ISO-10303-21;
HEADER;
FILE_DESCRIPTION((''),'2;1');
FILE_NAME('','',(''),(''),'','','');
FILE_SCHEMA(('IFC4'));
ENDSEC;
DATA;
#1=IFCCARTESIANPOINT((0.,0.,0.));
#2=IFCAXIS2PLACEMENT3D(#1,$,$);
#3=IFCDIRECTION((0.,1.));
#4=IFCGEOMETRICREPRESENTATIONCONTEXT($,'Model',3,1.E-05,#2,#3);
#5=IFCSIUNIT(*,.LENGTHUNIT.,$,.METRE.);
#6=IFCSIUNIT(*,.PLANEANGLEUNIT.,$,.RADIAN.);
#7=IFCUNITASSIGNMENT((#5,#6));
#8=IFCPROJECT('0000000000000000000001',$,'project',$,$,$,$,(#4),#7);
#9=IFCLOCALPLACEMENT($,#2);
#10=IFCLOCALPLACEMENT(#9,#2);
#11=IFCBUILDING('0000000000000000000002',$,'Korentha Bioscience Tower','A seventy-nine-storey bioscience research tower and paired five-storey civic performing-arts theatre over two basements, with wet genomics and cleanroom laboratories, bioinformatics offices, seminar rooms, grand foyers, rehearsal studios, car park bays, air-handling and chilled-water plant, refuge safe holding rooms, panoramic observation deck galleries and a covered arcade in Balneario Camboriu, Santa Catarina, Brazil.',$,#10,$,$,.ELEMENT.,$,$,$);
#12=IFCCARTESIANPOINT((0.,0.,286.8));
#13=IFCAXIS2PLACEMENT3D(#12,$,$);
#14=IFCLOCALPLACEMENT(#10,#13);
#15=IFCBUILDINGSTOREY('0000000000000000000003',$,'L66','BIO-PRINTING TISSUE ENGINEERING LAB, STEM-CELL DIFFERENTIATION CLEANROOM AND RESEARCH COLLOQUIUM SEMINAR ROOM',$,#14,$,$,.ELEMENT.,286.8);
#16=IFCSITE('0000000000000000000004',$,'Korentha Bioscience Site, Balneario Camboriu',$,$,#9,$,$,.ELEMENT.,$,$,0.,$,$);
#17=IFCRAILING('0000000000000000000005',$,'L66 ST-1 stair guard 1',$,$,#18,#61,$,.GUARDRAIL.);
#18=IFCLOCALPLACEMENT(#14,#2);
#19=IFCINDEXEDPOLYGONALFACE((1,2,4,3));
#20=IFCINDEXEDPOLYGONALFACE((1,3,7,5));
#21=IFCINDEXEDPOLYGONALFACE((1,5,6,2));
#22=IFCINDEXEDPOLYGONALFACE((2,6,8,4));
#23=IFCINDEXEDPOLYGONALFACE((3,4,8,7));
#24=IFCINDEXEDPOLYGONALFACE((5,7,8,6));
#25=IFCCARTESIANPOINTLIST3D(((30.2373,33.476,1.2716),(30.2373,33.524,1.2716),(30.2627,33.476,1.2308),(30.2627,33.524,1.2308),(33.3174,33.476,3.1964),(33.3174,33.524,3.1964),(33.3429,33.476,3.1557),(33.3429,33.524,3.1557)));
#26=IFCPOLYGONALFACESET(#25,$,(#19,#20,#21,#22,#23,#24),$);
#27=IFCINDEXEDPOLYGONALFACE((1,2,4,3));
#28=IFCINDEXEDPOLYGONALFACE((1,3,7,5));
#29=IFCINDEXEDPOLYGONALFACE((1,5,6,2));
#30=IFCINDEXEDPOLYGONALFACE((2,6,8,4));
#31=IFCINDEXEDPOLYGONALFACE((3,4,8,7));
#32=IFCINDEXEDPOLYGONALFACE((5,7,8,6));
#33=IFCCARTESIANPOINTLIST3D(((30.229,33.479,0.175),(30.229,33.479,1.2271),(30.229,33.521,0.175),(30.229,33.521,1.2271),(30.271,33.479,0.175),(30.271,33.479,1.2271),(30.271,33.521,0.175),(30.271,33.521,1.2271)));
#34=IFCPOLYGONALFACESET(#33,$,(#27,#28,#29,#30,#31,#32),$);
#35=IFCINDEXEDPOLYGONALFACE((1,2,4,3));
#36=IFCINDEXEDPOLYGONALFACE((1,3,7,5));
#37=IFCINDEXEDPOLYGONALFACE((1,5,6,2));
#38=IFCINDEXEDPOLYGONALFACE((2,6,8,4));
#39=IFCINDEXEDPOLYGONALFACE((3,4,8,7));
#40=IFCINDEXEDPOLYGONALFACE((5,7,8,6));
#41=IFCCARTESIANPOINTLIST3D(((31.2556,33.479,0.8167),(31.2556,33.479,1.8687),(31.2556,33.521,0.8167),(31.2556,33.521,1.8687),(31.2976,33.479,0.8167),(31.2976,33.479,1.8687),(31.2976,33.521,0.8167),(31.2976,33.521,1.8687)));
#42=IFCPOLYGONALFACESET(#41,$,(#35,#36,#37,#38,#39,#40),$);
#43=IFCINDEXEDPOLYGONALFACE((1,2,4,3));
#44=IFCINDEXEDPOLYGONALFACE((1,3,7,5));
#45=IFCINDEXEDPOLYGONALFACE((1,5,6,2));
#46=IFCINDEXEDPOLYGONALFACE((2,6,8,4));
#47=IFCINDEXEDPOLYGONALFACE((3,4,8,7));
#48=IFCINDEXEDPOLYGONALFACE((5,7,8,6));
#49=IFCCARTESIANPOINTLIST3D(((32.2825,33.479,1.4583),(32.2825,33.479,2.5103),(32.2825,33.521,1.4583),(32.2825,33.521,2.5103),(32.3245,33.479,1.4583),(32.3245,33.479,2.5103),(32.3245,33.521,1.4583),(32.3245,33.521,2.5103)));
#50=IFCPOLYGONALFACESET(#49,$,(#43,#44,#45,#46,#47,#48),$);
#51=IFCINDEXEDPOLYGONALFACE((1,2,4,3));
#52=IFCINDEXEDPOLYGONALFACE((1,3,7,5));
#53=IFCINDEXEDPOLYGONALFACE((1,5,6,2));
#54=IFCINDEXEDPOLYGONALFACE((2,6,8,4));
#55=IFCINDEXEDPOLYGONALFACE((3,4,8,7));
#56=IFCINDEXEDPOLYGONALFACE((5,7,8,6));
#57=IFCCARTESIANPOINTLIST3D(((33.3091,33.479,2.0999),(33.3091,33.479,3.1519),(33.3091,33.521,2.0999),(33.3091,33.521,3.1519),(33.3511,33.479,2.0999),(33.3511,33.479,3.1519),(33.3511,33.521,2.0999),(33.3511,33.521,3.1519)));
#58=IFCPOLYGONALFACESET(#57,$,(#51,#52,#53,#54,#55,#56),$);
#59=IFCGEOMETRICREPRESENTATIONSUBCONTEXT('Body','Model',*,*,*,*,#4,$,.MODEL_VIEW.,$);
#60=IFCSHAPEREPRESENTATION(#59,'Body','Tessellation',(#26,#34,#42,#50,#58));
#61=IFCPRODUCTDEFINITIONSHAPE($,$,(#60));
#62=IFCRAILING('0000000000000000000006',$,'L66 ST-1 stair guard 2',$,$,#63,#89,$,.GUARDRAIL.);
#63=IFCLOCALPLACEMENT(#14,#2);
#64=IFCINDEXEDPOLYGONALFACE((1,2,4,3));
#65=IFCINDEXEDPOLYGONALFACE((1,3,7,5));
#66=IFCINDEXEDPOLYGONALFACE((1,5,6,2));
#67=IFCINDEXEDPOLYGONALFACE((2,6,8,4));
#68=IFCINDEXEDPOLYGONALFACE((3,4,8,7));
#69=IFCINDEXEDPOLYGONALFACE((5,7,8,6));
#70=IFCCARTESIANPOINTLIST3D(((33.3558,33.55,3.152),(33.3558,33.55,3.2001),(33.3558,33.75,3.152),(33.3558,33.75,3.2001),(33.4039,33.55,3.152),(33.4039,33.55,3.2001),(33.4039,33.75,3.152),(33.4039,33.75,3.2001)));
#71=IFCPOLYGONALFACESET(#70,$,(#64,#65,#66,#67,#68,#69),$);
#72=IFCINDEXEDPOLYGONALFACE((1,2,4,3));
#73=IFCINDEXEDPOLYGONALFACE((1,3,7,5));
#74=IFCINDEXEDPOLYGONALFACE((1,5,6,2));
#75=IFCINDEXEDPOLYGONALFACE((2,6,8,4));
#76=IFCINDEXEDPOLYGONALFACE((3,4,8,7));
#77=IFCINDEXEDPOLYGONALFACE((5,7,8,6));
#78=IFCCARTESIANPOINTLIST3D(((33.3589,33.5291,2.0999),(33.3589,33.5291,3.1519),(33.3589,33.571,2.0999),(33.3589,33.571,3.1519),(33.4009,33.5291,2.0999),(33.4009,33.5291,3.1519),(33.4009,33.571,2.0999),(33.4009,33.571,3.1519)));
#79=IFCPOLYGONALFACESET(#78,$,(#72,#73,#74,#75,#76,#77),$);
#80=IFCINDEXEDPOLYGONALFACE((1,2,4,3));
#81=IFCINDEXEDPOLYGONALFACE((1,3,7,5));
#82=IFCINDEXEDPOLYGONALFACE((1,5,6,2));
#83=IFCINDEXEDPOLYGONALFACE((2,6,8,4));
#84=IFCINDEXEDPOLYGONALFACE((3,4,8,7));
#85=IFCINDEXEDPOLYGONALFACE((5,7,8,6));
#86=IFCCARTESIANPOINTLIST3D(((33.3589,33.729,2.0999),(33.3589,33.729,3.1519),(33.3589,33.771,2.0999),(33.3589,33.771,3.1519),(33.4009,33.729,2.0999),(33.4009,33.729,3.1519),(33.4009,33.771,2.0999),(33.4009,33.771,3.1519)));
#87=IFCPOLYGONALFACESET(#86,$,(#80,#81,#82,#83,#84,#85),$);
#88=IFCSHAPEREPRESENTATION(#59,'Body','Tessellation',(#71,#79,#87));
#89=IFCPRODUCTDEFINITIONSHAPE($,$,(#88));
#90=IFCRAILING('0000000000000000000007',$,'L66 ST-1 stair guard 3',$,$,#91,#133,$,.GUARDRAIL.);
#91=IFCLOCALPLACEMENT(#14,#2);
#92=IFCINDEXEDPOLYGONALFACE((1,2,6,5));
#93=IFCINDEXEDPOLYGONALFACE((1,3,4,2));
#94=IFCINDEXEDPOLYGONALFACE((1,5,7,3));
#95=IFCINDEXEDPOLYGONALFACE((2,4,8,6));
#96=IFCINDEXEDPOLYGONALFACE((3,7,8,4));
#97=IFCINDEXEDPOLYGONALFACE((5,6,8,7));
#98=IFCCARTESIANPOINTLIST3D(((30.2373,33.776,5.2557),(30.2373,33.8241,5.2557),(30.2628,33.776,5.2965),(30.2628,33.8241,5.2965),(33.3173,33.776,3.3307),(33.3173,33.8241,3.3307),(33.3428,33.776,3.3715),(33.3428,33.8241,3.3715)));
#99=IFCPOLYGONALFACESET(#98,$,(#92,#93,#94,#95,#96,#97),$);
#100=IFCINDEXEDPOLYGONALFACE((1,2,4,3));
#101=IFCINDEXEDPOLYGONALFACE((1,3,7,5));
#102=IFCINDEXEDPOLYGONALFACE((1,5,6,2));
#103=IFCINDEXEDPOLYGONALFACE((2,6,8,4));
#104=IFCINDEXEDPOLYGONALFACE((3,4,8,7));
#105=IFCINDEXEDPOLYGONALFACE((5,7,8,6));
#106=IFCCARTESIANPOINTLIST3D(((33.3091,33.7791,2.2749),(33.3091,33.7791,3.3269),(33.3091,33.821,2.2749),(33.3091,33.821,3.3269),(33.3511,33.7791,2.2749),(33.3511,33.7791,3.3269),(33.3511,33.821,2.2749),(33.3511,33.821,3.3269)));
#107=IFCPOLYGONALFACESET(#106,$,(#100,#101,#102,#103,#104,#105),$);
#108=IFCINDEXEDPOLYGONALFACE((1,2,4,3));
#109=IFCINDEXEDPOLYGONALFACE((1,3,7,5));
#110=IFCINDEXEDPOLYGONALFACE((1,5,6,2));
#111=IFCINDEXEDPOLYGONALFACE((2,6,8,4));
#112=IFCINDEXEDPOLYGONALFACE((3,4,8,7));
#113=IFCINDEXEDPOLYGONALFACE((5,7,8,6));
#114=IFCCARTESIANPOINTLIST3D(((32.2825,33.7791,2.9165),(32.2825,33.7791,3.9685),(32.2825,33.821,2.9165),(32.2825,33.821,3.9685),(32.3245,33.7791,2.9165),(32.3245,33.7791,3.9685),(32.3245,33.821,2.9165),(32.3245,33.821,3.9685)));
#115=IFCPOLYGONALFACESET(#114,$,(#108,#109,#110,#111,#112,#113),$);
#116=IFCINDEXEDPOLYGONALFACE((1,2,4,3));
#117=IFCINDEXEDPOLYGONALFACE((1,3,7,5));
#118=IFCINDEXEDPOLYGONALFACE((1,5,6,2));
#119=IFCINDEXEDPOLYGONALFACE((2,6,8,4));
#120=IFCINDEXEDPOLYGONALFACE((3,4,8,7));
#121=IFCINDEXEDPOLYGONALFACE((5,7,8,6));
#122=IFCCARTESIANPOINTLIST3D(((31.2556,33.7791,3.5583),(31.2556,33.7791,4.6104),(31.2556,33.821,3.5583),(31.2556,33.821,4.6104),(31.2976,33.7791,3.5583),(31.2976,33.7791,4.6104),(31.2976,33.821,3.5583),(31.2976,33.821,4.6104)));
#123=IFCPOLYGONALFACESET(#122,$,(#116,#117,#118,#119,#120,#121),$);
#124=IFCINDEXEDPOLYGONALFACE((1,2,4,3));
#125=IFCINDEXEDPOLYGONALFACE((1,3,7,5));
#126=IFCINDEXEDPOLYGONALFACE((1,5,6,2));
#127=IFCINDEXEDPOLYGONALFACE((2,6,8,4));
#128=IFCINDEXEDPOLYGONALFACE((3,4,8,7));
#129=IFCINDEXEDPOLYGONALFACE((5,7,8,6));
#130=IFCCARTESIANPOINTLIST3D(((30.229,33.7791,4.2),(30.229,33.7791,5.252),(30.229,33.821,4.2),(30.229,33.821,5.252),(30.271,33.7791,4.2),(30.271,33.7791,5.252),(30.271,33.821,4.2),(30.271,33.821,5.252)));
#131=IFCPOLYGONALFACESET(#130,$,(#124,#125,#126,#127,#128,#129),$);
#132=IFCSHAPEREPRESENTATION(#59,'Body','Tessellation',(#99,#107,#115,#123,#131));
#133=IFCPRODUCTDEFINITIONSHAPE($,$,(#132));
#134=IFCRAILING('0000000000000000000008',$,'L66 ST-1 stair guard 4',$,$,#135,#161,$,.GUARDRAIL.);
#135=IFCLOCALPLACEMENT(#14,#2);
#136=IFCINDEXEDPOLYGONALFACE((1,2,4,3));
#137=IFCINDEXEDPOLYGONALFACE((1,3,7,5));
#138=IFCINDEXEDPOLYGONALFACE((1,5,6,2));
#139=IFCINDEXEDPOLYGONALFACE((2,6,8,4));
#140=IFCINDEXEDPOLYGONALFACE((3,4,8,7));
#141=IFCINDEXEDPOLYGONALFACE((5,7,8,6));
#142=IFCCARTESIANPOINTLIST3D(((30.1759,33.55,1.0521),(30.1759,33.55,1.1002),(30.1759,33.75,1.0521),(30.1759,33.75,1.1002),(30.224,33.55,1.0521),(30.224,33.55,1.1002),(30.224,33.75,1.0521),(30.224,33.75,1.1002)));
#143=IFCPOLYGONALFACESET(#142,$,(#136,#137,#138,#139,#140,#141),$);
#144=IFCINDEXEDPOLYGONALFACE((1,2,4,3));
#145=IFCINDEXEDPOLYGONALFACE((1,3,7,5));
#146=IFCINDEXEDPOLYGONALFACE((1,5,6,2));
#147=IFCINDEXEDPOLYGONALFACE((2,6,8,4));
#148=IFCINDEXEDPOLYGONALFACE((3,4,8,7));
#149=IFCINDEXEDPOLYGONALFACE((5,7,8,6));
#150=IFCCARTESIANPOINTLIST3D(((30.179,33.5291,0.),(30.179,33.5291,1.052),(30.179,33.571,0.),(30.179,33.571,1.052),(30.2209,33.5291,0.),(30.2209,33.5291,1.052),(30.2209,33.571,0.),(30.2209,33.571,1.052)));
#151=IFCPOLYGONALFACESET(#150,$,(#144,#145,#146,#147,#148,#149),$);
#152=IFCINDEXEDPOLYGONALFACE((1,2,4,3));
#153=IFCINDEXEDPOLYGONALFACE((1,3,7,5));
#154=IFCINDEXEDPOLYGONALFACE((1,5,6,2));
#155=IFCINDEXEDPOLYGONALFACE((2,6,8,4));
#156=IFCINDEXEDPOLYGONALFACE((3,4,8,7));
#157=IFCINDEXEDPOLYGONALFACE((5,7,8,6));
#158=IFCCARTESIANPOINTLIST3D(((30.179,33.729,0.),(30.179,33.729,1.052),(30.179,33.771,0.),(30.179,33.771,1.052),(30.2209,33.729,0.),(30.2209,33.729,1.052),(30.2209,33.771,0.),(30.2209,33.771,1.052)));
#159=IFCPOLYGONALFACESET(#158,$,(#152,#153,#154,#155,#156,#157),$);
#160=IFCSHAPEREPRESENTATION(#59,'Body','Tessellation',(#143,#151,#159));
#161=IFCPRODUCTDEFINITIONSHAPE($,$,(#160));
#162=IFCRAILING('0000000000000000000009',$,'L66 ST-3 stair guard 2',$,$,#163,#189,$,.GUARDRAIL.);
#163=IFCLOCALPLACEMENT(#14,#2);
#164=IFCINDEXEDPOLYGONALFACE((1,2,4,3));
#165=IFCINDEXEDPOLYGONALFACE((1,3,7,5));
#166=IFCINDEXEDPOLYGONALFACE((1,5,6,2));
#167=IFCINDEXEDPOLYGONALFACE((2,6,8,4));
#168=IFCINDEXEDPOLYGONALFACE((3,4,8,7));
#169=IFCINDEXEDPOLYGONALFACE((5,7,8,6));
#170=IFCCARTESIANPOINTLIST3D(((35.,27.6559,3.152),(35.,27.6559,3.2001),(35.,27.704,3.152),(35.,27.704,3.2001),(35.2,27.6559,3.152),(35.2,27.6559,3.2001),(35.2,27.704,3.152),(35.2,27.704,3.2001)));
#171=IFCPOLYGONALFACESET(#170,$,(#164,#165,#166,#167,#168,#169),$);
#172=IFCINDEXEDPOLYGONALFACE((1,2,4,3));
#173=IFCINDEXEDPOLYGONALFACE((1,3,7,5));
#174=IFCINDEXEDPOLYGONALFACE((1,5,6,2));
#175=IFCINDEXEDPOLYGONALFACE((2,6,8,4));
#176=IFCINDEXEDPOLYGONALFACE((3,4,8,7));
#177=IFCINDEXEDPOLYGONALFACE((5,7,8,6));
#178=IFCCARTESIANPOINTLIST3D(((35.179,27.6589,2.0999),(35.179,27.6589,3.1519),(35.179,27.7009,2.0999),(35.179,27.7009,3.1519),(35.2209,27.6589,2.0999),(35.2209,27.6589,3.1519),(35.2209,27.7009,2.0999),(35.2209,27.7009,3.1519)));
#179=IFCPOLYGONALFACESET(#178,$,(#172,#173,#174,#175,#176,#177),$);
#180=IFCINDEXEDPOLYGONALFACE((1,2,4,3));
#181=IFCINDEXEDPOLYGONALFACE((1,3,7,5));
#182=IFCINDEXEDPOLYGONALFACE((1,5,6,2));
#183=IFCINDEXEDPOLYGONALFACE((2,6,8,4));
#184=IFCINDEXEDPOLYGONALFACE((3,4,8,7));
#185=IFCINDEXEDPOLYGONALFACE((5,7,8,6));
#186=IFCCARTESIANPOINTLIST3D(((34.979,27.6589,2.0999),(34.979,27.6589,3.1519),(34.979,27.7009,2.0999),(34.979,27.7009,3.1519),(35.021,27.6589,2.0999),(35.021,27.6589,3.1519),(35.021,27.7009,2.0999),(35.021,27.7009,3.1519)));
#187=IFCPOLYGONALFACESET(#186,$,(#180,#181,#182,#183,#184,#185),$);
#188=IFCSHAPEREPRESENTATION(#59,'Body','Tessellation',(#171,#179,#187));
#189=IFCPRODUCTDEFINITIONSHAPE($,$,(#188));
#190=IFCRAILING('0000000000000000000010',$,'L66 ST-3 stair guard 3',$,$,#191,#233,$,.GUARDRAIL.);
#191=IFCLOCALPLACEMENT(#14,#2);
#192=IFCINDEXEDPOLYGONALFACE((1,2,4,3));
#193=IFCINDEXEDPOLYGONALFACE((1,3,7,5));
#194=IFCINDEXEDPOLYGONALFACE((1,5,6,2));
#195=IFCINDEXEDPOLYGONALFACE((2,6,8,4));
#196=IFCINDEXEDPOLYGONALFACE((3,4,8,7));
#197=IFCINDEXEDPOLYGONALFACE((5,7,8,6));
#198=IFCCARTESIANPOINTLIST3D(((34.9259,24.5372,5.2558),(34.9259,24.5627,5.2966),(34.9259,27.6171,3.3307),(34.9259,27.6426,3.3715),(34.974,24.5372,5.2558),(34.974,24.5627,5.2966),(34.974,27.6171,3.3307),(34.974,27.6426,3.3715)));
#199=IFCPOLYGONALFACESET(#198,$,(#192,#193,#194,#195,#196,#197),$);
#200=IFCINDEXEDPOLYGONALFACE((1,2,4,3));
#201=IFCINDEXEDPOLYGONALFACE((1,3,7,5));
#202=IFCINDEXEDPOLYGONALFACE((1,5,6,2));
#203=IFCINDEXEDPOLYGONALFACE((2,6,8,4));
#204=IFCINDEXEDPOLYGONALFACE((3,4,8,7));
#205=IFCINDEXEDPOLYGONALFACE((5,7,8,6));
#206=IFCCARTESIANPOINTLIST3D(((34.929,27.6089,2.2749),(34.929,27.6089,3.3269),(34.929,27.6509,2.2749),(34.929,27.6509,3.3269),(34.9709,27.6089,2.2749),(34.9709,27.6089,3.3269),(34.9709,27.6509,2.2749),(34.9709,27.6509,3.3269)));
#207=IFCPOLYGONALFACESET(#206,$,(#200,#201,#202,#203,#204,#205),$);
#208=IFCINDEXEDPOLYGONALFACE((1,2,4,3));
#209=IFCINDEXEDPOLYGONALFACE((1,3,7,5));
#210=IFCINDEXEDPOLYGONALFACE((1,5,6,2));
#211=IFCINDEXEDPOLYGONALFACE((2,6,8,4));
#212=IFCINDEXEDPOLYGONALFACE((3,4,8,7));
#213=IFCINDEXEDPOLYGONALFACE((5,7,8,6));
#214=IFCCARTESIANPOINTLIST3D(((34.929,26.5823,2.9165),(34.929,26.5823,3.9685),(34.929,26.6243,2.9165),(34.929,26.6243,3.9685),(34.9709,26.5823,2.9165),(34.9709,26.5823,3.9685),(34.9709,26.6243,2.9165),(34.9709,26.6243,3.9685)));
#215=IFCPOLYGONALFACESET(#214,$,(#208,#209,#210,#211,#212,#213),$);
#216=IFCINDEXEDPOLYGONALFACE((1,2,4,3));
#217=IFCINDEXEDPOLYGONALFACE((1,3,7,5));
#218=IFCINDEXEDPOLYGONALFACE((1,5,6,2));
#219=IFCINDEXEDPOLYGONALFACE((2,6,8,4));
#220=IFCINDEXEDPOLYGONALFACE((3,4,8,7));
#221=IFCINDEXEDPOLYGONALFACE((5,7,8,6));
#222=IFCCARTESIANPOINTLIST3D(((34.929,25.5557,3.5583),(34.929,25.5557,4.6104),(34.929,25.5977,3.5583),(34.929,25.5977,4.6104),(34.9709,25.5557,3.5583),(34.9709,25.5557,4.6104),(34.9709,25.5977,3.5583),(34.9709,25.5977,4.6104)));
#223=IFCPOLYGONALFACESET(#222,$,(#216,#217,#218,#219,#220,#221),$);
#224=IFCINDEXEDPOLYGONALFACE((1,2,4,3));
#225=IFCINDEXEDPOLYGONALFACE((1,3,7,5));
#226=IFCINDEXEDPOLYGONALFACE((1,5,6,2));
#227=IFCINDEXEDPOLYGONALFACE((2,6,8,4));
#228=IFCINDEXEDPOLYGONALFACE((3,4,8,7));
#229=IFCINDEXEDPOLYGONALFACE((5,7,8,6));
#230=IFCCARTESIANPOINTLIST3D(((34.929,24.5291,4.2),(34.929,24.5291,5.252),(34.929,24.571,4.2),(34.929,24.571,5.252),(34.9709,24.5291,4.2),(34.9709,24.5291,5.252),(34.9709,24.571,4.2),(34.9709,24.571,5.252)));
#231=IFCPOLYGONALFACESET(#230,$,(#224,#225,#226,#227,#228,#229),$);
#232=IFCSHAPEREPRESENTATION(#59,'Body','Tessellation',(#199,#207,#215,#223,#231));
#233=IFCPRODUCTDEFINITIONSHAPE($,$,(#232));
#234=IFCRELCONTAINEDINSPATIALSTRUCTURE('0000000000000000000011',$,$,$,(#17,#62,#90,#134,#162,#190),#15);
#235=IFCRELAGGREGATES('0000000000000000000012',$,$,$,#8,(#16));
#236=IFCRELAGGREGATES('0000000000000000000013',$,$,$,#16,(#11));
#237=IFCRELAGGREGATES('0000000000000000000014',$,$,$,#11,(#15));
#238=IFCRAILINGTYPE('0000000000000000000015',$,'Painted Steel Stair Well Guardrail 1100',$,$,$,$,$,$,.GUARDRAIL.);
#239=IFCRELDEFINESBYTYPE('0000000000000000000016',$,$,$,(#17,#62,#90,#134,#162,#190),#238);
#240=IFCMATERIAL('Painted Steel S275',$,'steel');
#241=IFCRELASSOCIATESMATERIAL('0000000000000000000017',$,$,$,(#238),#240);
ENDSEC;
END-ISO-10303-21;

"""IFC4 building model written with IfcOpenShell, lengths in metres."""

from ifc_helpers import new_model, si_unit, direction, frame, origin, origin_2d, place, context, subcontext, project, spatial, rectangle, extrude, material, type_object, element, save


model = new_model("IFC4")

# Units and contexts
model_context = context("Model", 3, precision=1e-05, world=origin(), true_north=direction((0.0, 1.0)))
body_context = subcontext(model_context, "Body", "Model", "MODEL_VIEW")
ifc_project = project(units=[si_unit("LENGTHUNIT", "METRE"), si_unit("PLANEANGLEUNIT", "RADIAN")], contexts=[model_context])

# Site, building, storey
site_placement = place(None, origin())
site = spatial("IfcSite", under=ifc_project, at=site_placement, Name="Korentha Bioscience Site, Balneario Camboriu", CompositionType="ELEMENT", RefElevation=0.0)
building_placement = place(site_placement, origin())
building = spatial("IfcBuilding", under=site, at=building_placement, Name="Korentha Bioscience Tower", Description="A seventy-nine-storey bioscience research tower and paired five-storey civic performing-arts theatre over two basements, with wet genomics and cleanroom laboratories, bioinformatics offices, seminar rooms, grand foyers, rehearsal studios, car park bays, air-handling and chilled-water plant, refuge safe holding rooms, panoramic observation deck galleries and a covered arcade in Balneario Camboriu, Santa Catarina, Brazil.", CompositionType="ELEMENT")
storey_placement = place(building_placement, frame((0.0, 0.0, 286.8)))
storey = spatial("IfcBuildingStorey", under=building, at=storey_placement, Name="L66", Description="BIO-PRINTING TISSUE ENGINEERING LAB, STEM-CELL DIFFERENTIATION CLEANROOM AND RESEARCH COLLOQUIUM SEMINAR ROOM", CompositionType="ELEMENT", Elevation=286.8)

# Railings
ifc_material_1 = material(Name="Painted Steel S275", Category="steel")
railing_type_1 = type_object("IfcRailingType", Name="Painted Steel Stair Well Guardrail 1100", PredefinedType="GUARDRAIL", material=ifc_material_1)
railing_1_placement = place(storey_placement, frame((30.25, 33.5, 0.175)))
element("IfcRailing", 1, at=railing_1_placement, inside=storey, type_object=railing_type_1, Name="L66 ST-1 stair guard 1", PredefinedType="GUARDRAIL", context=body_context, shape_type="SweptSolid", body=[
    extrude(rectangle(XDim=0.0481, YDim=0.0481, at=origin_2d()), frame((0.0, 0.0, 1.0762), z_axis=(0.848029, 0.0, 0.529951), x_axis=(0.0, 1.0, 0.0)), (0.0, 0.0, 1.0), 3.6321),
    extrude(rectangle(XDim=0.042, YDim=0.042, at=origin_2d()), origin(), (0.0, 0.0, 1.0), 1.052),
    extrude(rectangle(XDim=0.042, YDim=0.042, at=origin_2d()), frame((1.0266, 0.0, 0.6416)), (0.0, 0.0, 1.0), 1.052),
    extrude(rectangle(XDim=0.042, YDim=0.042, at=origin_2d()), frame((2.0535, 0.0, 1.2832)), (0.0, 0.0, 1.0), 1.052),
    extrude(rectangle(XDim=0.042, YDim=0.042, at=origin_2d()), frame((3.0801, 0.0, 1.9248)), (0.0, 0.0, 1.0), 1.052),
])
railing_2_placement = place(storey_placement, frame((33.3799, 33.55, 2.0999)))
element("IfcRailing", 2, at=railing_2_placement, inside=storey, type_object=railing_type_1, Name="L66 ST-1 stair guard 2", PredefinedType="GUARDRAIL", context=body_context, shape_type="SweptSolid", body=[
    extrude(rectangle(XDim=0.0481, YDim=0.0481, at=origin_2d()), frame((0.0, 0.0, 1.0762), z_axis=(0.0, 1.0, 0.0), x_axis=(-1.0, 0.0, 0.0)), (0.0, 0.0, 1.0), 0.2),
    extrude(rectangle(XDim=0.042, YDim=0.042, at=origin_2d()), origin(), (0.0, 0.0, 1.0), 1.052),
    extrude(rectangle(XDim=0.042, YDim=0.042, at=origin_2d()), frame((0.0, 0.2, 0.0)), (0.0, 0.0, 1.0), 1.052),
])
railing_3_placement = place(storey_placement, frame((33.3301, 33.8, 2.2749)))
element("IfcRailing", 3, at=railing_3_placement, inside=storey, type_object=railing_type_1, Name="L66 ST-1 stair guard 3", PredefinedType="GUARDRAIL", context=body_context, shape_type="SweptSolid", body=[
    extrude(rectangle(XDim=0.0481, YDim=0.0481, at=origin_2d()), frame((0.0, 0.0, 1.0762), z_axis=(-0.847998, 0.0, 0.529999), x_axis=(0.0, -1.0, 0.0)), (0.0, 0.0, 1.0), 3.6321),
    extrude(rectangle(XDim=0.042, YDim=0.042, at=origin_2d()), origin(), (0.0, 0.0, 1.0), 1.052),
    extrude(rectangle(XDim=0.042, YDim=0.042, at=origin_2d()), frame((-1.0266, 0.0, 0.6416)), (0.0, 0.0, 1.0), 1.052),
    extrude(rectangle(XDim=0.042, YDim=0.042, at=origin_2d()), frame((-2.0535, 0.0, 1.2834)), (0.0, 0.0, 1.0), 1.052),
    extrude(rectangle(XDim=0.042, YDim=0.042, at=origin_2d()), frame((-3.0801, 0.0, 1.925)), (0.0, 0.0, 1.0), 1.052),
])
railing_4_placement = place(storey_placement, frame((30.2, 33.55, 0.0)))
element("IfcRailing", 4, at=railing_4_placement, inside=storey, type_object=railing_type_1, Name="L66 ST-1 stair guard 4", PredefinedType="GUARDRAIL", context=body_context, shape_type="SweptSolid", body=[
    extrude(rectangle(XDim=0.0481, YDim=0.0481, at=origin_2d()), frame((0.0, 0.0, 1.0762), z_axis=(0.0, 1.0, 0.0), x_axis=(-1.0, 0.0, 0.0)), (0.0, 0.0, 1.0), 0.2),
    extrude(rectangle(XDim=0.042, YDim=0.042, at=origin_2d()), origin(), (0.0, 0.0, 1.0), 1.052),
    extrude(rectangle(XDim=0.042, YDim=0.042, at=origin_2d()), frame((0.0, 0.2, 0.0)), (0.0, 0.0, 1.0), 1.052),
])
railing_5_placement = place(storey_placement, frame((35.2, 27.6799, 2.0999)))
element("IfcRailing", 5, at=railing_5_placement, inside=storey, type_object=railing_type_1, Name="L66 ST-3 stair guard 2", PredefinedType="GUARDRAIL", context=body_context, shape_type="SweptSolid", body=[
    extrude(rectangle(XDim=0.0481, YDim=0.0481, at=origin_2d()), frame((0.0, 0.0, 1.0762), z_axis=(-1.0, 0.0, 0.0), x_axis=(0.0, -1.0, 0.0)), (0.0, 0.0, 1.0), 0.2),
    extrude(rectangle(XDim=0.042, YDim=0.042, at=origin_2d()), origin(), (0.0, 0.0, 1.0), 1.052),
    extrude(rectangle(XDim=0.042, YDim=0.042, at=origin_2d()), frame((-0.2, 0.0, 0.0)), (0.0, 0.0, 1.0), 1.052),
])
railing_6_placement = place(storey_placement, frame((34.95, 27.6299, 2.2749)))
element("IfcRailing", 6, at=railing_6_placement, inside=storey, type_object=railing_type_1, Name="L66 ST-3 stair guard 3", PredefinedType="GUARDRAIL", context=body_context, shape_type="SweptSolid", body=[
    extrude(rectangle(XDim=0.0481, YDim=0.0481, at=origin_2d()), frame((0.0, 0.0, 1.0762), z_axis=(0.0, -0.847979, 0.530029), x_axis=(1.0, 0.0, 0.0)), (0.0, 0.0, 1.0), 3.6321),
    extrude(rectangle(XDim=0.042, YDim=0.042, at=origin_2d()), origin(), (0.0, 0.0, 1.0), 1.052),
    extrude(rectangle(XDim=0.042, YDim=0.042, at=origin_2d()), frame((0.0, -1.0266, 0.6416)), (0.0, 0.0, 1.0), 1.052),
    extrude(rectangle(XDim=0.042, YDim=0.042, at=origin_2d()), frame((0.0, -2.0532, 1.2834)), (0.0, 0.0, 1.0), 1.052),
    extrude(rectangle(XDim=0.042, YDim=0.042, at=origin_2d()), frame((0.0, -3.0798, 1.925)), (0.0, 0.0, 1.0), 1.052),
])

save(model, "model.ifc")
